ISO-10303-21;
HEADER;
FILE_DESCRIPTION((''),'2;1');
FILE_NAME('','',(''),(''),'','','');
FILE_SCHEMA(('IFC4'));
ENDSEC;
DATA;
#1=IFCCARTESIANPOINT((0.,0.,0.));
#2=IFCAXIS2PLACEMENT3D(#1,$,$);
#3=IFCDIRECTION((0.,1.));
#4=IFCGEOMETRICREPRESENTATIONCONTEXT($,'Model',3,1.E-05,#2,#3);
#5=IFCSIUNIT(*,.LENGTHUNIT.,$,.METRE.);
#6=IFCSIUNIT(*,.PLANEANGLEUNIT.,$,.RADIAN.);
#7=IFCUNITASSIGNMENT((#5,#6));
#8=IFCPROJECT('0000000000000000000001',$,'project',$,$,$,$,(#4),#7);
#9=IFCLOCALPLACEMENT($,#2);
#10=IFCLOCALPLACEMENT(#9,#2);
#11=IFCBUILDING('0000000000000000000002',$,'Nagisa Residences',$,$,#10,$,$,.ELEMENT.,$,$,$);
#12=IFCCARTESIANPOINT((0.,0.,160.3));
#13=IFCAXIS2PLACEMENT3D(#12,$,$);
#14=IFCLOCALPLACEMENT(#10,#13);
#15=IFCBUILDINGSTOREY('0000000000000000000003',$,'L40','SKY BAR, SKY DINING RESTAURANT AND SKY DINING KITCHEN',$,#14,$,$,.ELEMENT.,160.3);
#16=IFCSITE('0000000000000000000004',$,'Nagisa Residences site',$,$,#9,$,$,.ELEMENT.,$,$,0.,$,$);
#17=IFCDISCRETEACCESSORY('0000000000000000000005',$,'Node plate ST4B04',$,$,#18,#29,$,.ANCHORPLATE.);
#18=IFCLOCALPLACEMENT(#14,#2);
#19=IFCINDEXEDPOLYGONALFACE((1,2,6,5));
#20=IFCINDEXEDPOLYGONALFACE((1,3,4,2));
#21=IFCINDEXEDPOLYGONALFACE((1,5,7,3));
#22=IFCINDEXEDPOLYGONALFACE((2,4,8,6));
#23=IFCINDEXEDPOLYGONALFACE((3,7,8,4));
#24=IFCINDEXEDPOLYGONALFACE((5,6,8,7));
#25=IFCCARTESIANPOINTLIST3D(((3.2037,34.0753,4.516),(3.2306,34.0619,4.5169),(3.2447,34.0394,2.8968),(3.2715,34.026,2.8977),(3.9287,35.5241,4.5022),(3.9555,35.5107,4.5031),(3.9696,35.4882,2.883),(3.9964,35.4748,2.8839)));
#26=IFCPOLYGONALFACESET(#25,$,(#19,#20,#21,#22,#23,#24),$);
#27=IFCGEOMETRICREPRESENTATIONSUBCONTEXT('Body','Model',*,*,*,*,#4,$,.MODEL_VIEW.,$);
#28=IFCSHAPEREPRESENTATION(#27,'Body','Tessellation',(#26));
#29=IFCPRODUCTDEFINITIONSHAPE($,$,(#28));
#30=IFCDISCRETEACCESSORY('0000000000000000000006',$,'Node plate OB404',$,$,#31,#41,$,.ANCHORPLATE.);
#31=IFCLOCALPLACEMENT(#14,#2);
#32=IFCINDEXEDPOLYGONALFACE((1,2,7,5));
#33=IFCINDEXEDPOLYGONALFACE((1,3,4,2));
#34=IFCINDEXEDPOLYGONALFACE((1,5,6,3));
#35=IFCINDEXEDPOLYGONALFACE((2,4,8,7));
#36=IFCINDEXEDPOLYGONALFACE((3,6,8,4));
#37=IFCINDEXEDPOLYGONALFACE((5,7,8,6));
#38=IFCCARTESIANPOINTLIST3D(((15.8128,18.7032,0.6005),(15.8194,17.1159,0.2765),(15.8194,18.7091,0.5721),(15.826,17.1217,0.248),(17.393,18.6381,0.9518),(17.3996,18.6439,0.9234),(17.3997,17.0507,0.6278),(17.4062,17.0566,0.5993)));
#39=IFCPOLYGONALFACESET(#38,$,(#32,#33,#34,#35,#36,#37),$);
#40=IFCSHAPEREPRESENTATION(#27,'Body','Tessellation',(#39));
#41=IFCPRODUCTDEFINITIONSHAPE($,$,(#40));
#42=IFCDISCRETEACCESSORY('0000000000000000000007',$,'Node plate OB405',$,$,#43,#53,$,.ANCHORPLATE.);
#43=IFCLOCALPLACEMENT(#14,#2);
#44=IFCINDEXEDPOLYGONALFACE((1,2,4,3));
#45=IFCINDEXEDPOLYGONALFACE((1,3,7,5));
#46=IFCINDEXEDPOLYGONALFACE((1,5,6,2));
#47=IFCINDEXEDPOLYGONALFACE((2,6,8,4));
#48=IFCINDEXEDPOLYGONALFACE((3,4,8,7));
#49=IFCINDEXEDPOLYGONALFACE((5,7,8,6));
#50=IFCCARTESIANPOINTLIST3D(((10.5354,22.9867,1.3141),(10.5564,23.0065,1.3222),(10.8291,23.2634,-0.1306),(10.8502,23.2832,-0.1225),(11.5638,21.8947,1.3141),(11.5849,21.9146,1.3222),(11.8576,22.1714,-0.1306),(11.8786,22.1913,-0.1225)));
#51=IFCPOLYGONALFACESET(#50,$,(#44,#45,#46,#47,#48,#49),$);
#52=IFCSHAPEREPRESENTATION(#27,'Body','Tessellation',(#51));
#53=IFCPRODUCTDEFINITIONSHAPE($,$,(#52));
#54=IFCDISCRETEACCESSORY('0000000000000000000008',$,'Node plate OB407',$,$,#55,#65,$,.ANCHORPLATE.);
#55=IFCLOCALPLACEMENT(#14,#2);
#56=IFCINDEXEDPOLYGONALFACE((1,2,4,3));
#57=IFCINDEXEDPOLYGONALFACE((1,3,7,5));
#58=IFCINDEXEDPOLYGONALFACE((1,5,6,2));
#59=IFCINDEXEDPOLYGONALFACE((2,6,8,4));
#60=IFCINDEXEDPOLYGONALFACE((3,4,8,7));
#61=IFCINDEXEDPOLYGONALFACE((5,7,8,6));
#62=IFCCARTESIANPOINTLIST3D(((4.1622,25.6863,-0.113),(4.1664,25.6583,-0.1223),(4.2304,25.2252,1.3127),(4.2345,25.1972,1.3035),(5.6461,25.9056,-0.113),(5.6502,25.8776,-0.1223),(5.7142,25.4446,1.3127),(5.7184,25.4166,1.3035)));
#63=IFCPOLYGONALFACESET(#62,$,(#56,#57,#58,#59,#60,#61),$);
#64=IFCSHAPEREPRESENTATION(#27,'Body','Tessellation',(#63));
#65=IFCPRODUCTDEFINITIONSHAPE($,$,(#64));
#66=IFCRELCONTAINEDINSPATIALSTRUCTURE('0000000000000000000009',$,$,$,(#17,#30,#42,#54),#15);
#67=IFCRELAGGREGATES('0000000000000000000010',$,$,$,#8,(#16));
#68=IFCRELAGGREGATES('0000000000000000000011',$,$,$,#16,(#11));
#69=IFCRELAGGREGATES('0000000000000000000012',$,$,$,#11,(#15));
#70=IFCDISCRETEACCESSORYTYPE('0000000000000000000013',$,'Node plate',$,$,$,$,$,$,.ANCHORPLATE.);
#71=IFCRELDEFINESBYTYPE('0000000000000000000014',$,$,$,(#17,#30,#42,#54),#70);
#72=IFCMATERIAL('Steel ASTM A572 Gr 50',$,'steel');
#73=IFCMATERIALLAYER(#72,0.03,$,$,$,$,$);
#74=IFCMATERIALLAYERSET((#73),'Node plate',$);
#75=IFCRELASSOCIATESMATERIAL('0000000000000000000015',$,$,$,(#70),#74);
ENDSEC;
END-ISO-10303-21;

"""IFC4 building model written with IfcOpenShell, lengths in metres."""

from ifc_helpers import new_model, si_unit, direction, frame, origin, origin_2d, place, context, subcontext, project, spatial, rectangle, extrude, material, layer, layer_set, type_object, element, save


model = new_model("IFC4")

# Units and contexts
model_context = context("Model", 3, precision=1e-05, world=origin(), true_north=direction((0.0, 1.0)))
body_context = subcontext(model_context, "Body", "Model", "MODEL_VIEW")
ifc_project = project(units=[si_unit("LENGTHUNIT", "METRE"), si_unit("PLANEANGLEUNIT", "RADIAN")], contexts=[model_context])

# Site, building, storey
site_placement = place(None, origin())
site = spatial("IfcSite", under=ifc_project, at=site_placement, Name="Nagisa Residences site", CompositionType="ELEMENT", RefElevation=0.0)
building_placement = place(site_placement, origin())
building = spatial("IfcBuilding", under=site, at=building_placement, Name="Nagisa Residences", CompositionType="ELEMENT")
storey_placement = place(building_placement, frame((0.0, 0.0, 160.3)))
storey = spatial("IfcBuildingStorey", under=building, at=storey_placement, Name="L40", Description="SKY BAR, SKY DINING RESTAURANT AND SKY DINING KITCHEN", CompositionType="ELEMENT", Elevation=160.3)

# Discrete accessories
ifc_material_1 = material(Name="Steel ASTM A572 Gr 50", Category="steel")
ifc_layer = layer(ifc_material_1, 0.03)
ifc_layer_set = layer_set([ifc_layer], Name="Node plate")
discrete_accessory_type = type_object("IfcDiscreteAccessoryType", Name="Node plate", PredefinedType="ANCHORPLATE", material=ifc_layer_set)
for number, where, z_axis, x_axis, name in (
    (1, (3.5867, 34.7817, 3.6995), (0.893954, -0.446977, 0.032507), (-0.447445, -0.894271, 0.008517), "Node plate ST4B04"),
):
    element("IfcDiscreteAccessory", number, at=place(storey_placement, frame(where, z_axis=z_axis, x_axis=x_axis)), inside=storey, type_object=discrete_accessory_type, Name=name, PredefinedType="ANCHORPLATE", context=body_context, shape_type="SweptSolid", body=[
        extrude(rectangle(XDim=1.6201, YDim=1.6201, at=origin_2d()), origin(), (0.0, 0.0, 1.0), 0.03),
    ])
discrete_accessory_1_placement = place(storey_placement, frame((16.6128, 17.8828, 0.5857), z_axis=(-0.220498, -0.195998, 0.955492), x_axis=(0.975379, -0.040199, 0.216841)))
element("IfcDiscreteAccessory", 2, at=discrete_accessory_1_placement, inside=storey, type_object=discrete_accessory_type, Name="Node plate OB404", PredefinedType="ANCHORPLATE", context=body_context, shape_type="SweptSolid", body=[
    extrude(rectangle(XDim=1.6201, YDim=1.6201, at=origin_2d()), origin(), (0.0, 0.0, 1.0), 0.0298),
])
discrete_accessory_2_placement = place(storey_placement, frame((11.2175, 22.5989, 0.5999), z_axis=(-0.701113, -0.66035, -0.269032), x_axis=(0.685629, -0.727951, 0.0)))
element("IfcDiscreteAccessory", 3, at=discrete_accessory_2_placement, inside=storey, type_object=discrete_accessory_type, Name="Node plate OB405", PredefinedType="ANCHORPLATE", context=body_context, shape_type="SweptSolid", body=[
    extrude(rectangle(XDim=1.5, YDim=1.5, at=origin_2d()), origin(), (0.0, 0.0, 1.0), 0.03),
])
discrete_accessory_3_placement = place(storey_placement, frame((4.9382, 25.5654, 0.5999), z_axis=(0.138999, -0.940288, -0.310704), x_axis=(0.98925, 0.146237, 0.0)))
element("IfcDiscreteAccessory", 4, at=discrete_accessory_3_placement, inside=storey, type_object=discrete_accessory_type, Name="Node plate OB407", PredefinedType="ANCHORPLATE", context=body_context, shape_type="SweptSolid", body=[
    extrude(rectangle(XDim=1.5, YDim=1.5, at=origin_2d()), origin(), (0.0, 0.0, 1.0), 0.0298),
])

save(model, "model.ifc")
